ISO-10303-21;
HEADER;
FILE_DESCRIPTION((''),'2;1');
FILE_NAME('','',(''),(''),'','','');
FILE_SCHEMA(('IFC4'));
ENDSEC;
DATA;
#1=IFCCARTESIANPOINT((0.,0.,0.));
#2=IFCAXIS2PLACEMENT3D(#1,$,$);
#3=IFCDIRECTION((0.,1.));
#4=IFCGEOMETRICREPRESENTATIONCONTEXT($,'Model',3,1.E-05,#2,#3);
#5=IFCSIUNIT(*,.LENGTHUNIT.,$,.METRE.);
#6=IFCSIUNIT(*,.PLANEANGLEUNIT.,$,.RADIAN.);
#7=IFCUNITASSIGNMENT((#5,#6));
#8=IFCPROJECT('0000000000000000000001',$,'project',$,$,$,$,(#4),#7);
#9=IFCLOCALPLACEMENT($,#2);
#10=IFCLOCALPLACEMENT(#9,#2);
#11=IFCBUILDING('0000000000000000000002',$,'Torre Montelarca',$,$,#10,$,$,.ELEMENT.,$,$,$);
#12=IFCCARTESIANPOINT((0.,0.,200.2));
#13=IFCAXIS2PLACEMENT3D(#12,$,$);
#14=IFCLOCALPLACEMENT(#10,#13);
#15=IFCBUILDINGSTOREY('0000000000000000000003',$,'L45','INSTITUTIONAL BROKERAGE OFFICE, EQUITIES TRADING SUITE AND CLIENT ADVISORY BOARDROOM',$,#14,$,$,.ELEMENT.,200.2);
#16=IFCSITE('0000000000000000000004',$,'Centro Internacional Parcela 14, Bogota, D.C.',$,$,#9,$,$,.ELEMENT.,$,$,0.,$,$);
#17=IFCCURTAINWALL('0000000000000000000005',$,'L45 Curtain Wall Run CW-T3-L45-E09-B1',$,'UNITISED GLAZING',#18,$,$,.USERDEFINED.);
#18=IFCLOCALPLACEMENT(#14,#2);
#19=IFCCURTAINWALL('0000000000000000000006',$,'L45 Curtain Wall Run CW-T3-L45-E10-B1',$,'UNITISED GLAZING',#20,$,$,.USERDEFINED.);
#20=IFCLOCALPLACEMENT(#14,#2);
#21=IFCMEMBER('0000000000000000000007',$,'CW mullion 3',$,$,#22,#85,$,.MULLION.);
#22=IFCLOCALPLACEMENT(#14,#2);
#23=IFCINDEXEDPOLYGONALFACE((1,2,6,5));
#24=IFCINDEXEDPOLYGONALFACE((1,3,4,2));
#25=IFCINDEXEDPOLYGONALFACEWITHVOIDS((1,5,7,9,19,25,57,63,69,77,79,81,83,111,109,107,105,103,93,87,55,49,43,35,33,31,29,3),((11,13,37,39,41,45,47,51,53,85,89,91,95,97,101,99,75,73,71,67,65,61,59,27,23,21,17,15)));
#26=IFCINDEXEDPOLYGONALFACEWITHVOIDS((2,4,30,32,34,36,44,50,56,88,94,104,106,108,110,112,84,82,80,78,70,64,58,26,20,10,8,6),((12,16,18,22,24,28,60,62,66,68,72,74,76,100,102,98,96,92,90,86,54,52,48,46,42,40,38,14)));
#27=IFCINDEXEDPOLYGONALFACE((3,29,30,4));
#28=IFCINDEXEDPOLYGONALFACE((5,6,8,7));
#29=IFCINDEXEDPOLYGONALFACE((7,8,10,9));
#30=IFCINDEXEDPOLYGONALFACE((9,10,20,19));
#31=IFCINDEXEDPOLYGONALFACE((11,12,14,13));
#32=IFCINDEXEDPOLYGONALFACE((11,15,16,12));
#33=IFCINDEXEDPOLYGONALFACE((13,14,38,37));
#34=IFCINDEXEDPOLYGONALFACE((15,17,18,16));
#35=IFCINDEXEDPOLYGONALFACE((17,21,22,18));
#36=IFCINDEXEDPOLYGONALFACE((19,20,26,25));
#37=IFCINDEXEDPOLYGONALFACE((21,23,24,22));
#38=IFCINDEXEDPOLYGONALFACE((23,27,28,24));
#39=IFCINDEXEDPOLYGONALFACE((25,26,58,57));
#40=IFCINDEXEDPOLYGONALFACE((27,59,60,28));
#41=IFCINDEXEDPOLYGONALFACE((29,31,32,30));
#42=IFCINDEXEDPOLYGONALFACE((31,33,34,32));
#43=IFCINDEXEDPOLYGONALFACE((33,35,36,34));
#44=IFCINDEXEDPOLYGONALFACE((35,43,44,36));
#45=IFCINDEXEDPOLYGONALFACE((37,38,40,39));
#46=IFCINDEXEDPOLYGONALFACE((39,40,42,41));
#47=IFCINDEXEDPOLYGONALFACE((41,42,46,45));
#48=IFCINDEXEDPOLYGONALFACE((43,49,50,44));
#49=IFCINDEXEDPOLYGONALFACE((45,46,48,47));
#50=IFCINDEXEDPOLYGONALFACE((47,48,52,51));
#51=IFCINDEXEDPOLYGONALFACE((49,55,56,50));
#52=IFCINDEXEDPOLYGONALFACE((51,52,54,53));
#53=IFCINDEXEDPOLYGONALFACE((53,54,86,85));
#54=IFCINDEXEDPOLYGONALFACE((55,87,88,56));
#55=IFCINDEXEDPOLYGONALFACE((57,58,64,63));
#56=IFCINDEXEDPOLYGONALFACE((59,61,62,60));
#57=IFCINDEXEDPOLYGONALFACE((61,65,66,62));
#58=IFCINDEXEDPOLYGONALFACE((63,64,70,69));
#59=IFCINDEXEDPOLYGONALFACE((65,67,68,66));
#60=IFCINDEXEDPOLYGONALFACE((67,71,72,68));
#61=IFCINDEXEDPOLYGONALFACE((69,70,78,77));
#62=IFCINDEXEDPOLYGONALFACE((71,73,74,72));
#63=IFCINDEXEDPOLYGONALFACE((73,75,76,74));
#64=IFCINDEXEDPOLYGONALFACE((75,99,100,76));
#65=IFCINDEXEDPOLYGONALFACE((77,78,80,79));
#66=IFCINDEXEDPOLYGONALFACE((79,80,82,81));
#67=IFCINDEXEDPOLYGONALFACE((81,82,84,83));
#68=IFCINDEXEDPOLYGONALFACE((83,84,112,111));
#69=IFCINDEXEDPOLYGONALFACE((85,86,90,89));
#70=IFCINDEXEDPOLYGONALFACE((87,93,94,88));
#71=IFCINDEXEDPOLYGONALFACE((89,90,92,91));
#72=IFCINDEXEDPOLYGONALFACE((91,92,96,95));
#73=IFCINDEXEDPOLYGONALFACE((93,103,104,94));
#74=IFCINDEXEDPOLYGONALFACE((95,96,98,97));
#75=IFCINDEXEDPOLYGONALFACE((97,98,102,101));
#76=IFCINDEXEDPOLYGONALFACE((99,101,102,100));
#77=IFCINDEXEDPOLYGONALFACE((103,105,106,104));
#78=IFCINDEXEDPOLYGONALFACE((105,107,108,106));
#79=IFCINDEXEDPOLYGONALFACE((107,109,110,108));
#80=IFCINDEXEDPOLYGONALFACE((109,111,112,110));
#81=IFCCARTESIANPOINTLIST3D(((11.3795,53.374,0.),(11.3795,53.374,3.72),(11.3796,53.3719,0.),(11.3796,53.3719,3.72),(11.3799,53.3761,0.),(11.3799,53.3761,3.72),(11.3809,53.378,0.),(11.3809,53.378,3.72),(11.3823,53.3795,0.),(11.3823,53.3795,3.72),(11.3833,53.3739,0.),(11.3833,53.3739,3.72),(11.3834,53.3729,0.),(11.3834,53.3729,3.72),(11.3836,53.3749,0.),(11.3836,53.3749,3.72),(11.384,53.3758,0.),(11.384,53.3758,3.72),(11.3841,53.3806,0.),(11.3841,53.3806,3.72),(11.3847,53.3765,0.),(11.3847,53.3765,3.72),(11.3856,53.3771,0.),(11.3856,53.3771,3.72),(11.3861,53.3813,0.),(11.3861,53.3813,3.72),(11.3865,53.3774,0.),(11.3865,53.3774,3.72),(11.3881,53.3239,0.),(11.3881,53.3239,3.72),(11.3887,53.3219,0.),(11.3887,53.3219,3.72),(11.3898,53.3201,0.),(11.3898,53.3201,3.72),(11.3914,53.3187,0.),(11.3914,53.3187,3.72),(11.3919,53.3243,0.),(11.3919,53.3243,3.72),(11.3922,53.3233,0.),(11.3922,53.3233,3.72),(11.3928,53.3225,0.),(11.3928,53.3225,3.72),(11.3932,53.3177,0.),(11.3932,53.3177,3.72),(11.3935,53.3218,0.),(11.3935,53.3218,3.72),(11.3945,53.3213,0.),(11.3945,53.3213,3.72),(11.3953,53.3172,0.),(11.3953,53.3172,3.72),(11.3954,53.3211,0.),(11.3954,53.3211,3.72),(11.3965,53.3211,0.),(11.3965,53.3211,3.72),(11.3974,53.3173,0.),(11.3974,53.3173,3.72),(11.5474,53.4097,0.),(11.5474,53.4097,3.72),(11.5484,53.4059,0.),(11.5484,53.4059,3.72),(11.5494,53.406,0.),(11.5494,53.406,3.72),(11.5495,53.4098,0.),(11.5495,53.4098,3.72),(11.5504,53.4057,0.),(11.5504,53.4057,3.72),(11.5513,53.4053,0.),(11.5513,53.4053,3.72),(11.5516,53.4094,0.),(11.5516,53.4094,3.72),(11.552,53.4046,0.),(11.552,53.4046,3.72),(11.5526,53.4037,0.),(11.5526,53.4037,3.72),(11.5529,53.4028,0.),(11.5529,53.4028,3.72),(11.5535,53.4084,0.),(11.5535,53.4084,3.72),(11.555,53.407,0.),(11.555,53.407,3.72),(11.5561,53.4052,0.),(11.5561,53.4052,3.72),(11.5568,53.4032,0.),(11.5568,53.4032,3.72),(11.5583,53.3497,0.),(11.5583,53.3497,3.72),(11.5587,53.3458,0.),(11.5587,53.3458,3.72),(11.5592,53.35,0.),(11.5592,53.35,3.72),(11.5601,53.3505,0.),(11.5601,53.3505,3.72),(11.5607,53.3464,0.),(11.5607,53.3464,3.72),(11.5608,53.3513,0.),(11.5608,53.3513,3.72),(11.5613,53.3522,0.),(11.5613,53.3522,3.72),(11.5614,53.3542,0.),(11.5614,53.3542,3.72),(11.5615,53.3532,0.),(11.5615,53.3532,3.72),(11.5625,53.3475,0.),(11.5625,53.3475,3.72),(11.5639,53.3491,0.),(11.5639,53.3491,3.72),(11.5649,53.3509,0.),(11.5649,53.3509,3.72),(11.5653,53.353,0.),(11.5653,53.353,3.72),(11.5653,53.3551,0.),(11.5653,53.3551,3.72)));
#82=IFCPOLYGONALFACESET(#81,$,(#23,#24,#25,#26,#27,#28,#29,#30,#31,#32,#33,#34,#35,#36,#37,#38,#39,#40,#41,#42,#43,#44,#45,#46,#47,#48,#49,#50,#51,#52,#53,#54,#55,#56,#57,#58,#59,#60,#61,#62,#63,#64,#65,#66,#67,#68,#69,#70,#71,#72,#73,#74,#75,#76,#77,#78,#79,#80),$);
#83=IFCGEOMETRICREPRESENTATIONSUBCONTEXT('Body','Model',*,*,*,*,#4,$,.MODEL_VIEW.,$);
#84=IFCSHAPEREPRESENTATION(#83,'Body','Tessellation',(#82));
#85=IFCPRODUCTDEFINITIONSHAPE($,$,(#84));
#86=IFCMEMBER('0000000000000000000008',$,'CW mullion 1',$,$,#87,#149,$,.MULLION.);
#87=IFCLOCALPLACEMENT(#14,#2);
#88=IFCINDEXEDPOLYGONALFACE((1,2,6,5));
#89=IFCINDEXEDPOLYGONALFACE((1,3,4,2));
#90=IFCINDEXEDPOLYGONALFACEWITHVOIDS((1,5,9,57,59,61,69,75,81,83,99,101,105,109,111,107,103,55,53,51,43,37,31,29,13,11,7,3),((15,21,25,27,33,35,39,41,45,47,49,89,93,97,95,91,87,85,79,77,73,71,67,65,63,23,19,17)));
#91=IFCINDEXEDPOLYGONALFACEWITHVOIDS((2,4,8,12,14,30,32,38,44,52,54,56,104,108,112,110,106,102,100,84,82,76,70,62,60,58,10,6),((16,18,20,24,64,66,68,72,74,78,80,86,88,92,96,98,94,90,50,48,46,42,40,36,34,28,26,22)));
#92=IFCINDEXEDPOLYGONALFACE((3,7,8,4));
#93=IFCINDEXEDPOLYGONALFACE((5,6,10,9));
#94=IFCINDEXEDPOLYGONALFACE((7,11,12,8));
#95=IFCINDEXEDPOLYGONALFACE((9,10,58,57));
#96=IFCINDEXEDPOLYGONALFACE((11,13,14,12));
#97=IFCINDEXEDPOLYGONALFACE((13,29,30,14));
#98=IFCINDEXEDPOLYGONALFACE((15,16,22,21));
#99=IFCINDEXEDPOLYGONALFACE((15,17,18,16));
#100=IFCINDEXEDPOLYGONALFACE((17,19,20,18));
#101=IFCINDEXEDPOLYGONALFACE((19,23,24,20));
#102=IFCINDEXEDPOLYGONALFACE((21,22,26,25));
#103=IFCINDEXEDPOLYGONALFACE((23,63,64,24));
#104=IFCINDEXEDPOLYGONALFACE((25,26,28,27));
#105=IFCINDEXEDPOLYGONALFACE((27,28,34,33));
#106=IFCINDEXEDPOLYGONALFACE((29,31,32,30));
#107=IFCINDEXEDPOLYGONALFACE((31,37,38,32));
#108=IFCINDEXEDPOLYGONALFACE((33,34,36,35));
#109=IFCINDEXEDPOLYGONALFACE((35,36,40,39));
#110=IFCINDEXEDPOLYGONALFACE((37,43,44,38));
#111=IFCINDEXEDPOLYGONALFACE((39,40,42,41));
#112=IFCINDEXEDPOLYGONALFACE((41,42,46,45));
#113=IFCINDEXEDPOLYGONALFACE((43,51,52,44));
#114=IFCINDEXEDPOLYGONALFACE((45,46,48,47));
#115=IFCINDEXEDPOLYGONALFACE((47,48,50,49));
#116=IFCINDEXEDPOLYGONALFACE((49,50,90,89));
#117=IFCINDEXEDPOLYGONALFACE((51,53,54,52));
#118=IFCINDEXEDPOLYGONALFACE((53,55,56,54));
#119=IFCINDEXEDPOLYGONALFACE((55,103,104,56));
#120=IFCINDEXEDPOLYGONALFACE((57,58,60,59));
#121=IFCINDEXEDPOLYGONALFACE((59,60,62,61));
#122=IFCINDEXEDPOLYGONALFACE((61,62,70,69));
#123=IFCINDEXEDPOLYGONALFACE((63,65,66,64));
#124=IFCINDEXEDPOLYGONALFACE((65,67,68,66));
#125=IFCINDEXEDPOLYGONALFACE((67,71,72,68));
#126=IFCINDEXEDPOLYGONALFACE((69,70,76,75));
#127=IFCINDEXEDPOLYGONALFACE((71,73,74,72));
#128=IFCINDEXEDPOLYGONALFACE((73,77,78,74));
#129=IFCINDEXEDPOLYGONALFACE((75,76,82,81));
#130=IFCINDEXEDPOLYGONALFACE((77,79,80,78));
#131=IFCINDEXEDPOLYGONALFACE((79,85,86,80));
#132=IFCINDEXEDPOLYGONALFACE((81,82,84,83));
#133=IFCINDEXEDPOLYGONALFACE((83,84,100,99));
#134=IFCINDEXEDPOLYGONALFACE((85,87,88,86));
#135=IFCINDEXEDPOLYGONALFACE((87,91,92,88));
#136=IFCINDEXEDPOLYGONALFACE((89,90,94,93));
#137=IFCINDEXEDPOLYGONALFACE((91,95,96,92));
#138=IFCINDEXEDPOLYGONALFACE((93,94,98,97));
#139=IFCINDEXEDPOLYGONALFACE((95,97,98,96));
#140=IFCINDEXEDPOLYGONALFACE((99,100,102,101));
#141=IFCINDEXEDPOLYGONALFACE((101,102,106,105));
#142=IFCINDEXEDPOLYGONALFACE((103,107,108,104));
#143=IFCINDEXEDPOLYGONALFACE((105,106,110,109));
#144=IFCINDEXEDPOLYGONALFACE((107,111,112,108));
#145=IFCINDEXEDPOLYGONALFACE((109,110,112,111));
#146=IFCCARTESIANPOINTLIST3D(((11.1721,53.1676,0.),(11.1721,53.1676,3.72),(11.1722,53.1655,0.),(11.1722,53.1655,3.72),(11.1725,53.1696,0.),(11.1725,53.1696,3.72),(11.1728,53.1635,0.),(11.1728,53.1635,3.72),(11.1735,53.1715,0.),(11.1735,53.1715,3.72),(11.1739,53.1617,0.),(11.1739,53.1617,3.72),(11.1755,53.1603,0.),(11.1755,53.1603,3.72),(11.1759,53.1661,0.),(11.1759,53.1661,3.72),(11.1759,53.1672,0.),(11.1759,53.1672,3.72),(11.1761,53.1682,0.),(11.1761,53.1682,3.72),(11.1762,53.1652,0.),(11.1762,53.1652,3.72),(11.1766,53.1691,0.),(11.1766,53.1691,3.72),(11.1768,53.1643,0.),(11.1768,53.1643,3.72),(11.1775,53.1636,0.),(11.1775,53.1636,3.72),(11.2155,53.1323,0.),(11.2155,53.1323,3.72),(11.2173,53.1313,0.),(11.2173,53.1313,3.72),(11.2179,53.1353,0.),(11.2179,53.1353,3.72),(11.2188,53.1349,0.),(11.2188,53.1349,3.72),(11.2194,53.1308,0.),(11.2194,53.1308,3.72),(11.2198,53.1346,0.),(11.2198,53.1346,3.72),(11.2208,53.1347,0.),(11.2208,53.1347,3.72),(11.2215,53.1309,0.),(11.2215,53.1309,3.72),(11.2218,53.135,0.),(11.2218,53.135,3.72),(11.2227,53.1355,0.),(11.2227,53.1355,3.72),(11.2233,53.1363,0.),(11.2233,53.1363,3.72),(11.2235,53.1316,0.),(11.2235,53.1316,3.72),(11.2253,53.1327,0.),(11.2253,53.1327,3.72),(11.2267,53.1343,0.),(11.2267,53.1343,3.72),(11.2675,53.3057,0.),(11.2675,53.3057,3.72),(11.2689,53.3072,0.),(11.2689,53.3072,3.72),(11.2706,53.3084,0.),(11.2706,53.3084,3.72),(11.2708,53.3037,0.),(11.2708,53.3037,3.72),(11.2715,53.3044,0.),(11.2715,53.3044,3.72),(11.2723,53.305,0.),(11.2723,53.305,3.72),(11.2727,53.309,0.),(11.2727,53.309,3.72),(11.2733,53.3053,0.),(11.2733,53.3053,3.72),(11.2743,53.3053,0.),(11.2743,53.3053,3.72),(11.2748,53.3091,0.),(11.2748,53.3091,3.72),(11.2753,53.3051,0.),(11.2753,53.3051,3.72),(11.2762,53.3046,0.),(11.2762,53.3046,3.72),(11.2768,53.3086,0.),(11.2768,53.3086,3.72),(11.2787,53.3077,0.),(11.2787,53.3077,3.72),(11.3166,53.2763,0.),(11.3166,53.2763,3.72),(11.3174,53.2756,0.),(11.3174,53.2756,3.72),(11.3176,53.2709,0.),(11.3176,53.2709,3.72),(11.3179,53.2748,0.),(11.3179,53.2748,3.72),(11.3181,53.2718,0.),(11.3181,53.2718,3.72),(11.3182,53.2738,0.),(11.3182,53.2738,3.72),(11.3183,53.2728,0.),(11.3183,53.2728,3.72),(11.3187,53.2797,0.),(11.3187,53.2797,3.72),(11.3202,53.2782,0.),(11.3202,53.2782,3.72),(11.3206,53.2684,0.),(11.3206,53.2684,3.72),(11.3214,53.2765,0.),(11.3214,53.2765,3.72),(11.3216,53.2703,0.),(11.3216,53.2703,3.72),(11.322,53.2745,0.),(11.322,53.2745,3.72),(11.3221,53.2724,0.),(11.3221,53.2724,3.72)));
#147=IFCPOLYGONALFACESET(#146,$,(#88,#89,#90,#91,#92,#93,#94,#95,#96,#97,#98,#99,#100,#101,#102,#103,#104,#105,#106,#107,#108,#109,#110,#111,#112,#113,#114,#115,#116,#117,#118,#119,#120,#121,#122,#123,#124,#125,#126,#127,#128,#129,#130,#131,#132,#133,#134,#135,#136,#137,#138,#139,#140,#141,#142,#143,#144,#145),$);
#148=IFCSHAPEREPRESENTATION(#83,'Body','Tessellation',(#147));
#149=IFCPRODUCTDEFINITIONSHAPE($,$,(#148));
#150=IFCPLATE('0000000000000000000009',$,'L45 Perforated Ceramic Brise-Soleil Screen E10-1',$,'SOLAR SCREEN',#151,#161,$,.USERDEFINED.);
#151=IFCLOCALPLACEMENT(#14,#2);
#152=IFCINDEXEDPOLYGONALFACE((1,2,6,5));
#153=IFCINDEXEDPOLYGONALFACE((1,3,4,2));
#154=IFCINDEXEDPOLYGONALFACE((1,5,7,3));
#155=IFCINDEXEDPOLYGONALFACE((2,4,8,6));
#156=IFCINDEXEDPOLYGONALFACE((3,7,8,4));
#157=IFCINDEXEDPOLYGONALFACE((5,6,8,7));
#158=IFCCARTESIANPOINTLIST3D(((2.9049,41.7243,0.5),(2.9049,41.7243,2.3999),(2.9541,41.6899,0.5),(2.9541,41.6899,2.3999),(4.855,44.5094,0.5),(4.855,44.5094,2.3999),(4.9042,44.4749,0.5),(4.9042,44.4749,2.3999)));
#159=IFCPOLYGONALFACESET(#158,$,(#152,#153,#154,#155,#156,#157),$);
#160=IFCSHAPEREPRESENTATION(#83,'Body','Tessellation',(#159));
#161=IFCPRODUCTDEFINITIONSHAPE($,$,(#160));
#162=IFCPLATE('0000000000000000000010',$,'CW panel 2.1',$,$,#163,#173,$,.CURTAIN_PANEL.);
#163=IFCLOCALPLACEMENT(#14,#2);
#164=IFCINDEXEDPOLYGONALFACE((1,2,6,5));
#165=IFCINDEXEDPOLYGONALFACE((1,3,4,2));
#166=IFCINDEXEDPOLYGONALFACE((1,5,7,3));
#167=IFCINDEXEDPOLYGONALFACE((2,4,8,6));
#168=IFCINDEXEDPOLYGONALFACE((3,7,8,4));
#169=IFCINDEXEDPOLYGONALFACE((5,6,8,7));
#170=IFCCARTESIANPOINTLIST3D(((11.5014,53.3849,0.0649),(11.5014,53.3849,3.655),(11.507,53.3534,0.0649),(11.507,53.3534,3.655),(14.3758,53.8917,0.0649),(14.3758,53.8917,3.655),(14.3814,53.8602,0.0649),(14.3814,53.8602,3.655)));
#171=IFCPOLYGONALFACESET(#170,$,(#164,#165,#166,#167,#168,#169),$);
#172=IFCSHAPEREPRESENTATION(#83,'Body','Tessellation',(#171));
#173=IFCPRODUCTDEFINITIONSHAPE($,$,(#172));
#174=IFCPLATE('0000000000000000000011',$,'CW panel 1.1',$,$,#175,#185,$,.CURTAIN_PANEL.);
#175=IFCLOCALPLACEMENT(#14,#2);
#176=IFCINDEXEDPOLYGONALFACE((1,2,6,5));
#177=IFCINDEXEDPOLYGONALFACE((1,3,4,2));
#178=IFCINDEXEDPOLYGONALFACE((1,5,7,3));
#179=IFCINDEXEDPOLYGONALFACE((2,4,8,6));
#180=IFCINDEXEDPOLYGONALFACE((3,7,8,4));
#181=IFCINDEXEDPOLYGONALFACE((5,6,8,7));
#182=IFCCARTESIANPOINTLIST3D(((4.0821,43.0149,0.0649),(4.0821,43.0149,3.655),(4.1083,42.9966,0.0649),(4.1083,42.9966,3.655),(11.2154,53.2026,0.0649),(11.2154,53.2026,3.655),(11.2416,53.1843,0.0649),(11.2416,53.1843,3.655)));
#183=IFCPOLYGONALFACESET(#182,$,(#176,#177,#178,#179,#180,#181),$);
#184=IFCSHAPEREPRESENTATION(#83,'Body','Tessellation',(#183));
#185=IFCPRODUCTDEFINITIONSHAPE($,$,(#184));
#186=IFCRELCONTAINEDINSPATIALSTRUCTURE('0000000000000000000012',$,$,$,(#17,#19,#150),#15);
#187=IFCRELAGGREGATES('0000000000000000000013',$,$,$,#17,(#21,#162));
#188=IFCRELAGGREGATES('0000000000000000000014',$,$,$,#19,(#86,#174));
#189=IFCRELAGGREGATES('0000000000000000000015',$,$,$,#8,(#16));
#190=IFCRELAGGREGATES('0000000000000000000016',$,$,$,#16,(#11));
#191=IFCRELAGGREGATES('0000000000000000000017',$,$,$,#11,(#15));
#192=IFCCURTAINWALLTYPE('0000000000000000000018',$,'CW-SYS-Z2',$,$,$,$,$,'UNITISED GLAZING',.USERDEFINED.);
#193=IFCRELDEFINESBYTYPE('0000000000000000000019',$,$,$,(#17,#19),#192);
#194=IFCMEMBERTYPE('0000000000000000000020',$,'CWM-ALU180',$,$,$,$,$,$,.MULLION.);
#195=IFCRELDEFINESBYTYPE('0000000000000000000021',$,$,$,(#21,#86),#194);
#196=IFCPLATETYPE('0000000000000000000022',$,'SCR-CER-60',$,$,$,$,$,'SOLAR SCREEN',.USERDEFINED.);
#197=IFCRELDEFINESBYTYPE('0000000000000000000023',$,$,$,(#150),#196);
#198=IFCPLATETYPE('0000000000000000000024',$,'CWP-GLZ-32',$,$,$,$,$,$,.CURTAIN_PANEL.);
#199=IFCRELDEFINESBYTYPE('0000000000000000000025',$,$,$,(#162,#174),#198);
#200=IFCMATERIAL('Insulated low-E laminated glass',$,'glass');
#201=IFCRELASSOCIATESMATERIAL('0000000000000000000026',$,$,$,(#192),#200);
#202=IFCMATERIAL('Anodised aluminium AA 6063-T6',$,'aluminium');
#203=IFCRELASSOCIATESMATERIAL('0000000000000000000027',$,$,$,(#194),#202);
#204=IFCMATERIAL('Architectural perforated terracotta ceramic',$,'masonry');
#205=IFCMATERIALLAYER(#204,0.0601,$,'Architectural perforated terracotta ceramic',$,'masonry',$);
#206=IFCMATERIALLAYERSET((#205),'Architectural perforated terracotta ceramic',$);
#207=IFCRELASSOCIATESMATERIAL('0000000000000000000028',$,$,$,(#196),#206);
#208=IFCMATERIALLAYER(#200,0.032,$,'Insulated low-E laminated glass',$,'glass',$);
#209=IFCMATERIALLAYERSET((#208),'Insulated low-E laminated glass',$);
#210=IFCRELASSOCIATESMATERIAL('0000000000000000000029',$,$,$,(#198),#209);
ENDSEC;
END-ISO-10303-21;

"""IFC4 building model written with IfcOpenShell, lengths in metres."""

from ifc_helpers import new_model, si_unit, direction, frame, origin, origin_2d, place, context, subcontext, project, spatial, rectangle, hollow_rectangle, extrude, source, transform, mapped, material, layer, layer_set, material_profile, profile_set, type_object, element, aggregate, save


model = new_model("IFC4")

# Units and contexts
model_context = context("Model", 3, precision=1e-05, world=origin(), true_north=direction((0.0, 1.0)))
body_context = subcontext(model_context, "Body", "Model", "MODEL_VIEW")
ifc_project = project(units=[si_unit("LENGTHUNIT", "METRE"), si_unit("PLANEANGLEUNIT", "RADIAN")], contexts=[model_context])

# Site, building, storey
site_placement = place(None, origin())
site = spatial("IfcSite", under=ifc_project, at=site_placement, Name="Centro Internacional Parcela 14, Bogota, D.C.", CompositionType="ELEMENT", RefElevation=0.0)
building_placement = place(site_placement, origin())
building = spatial("IfcBuilding", under=site, at=building_placement, Name="Torre Montelarca", CompositionType="ELEMENT")
storey_placement = place(building_placement, frame((0.0, 0.0, 200.2)))
storey = spatial("IfcBuildingStorey", under=building, at=storey_placement, Name="L45", Description="INSTITUTIONAL BROKERAGE OFFICE, EQUITIES TRADING SUITE AND CLIENT ADVISORY BOARDROOM", CompositionType="ELEMENT", Elevation=200.2)

# Curtain walls
ifc_material_1 = material(Name="Insulated low-E laminated glass", Category="glass")
curtain_wall_type = type_object("IfcCurtainWallType", Name="CW-SYS-Z2", ElementType="UNITISED GLAZING", PredefinedType="USERDEFINED", material=ifc_material_1)
curtain_wall_1_placement = place(storey_placement, origin())
curtain_wall_1 = element("IfcCurtainWall", 1, at=curtain_wall_1_placement, inside=storey, type_object=curtain_wall_type, Name="L45 Curtain Wall Run CW-T3-L45-E09-B1", ObjectType="UNITISED GLAZING", PredefinedType="USERDEFINED")
ifc_material_2 = material(Name="Anodised aluminium AA 6063-T6", Category="aluminium")
curtain_wall_2_placement = place(storey_placement, origin())
curtain_wall_2 = element("IfcCurtainWall", 2, at=curtain_wall_2_placement, inside=storey, type_object=curtain_wall_type, Name="L45 Curtain Wall Run CW-T3-L45-E10-B1", ObjectType="UNITISED GLAZING", PredefinedType="USERDEFINED")

# Members
ifc_material_profile_1 = material_profile(ifc_material_2, hollow_rectangle(XDim=0.0649, YDim=0.1799, WallThickness=0.0039, InnerFilletRadius=0.0039, OuterFilletRadius=0.0081, at=origin_2d()), Name="ALU65X180X4", Category="aluminium")
ifc_profile_set_1 = profile_set([ifc_material_profile_1], Name="Anodised aluminium AA 6063-T6")
member_type_1 = type_object("IfcMemberType", Name="CWM-ALU180", PredefinedType="MULLION", material=ifc_profile_set_1)
shared_shape_1 = source(origin(), body_context, "Body", "SweptSolid", [
    extrude(hollow_rectangle(XDim=0.0649, YDim=0.1799, WallThickness=0.0039, InnerFilletRadius=0.0039, OuterFilletRadius=0.0081, at=origin_2d()), origin(), (0.0, 0.0, 1.0), 3.72),
])
member_1_placement = place(storey_placement, frame((11.4724, 53.3635, 0.0), z_axis=(0.0, 0.0, 1.0), x_axis=(0.173634, -0.98481, 0.0)))
member_1 = element("IfcMember", 3, at=member_1_placement, type_object=member_type_1, Name="CW mullion 3", PredefinedType="MULLION", context=body_context, shape_type="MappedRepresentation", body=[
    mapped(shared_shape_1, transform((0.0, 0.0, 0.0), scale=1.0)),
])
member_2_placement = place(storey_placement, frame((11.2471, 53.22, 0.0), z_axis=(0.0, 0.0, 1.0), x_axis=(0.819158, -0.573569, 0.0)))
member_2 = element("IfcMember", 4, at=member_2_placement, type_object=member_type_1, Name="CW mullion 1", PredefinedType="MULLION", context=body_context, shape_type="MappedRepresentation", body=[
    mapped(shared_shape_1, transform((0.0, 0.0, 0.0), scale=1.0)),
])

# Plates
ifc_material_3 = material(Name="Architectural perforated terracotta ceramic", Category="masonry")
ifc_layer_1 = layer(ifc_material_3, 0.0601, Name="Architectural perforated terracotta ceramic", Category="masonry")
ifc_layer_set_1 = layer_set([ifc_layer_1], Name="Architectural perforated terracotta ceramic")
plate_type_1 = type_object("IfcPlateType", Name="SCR-CER-60", ElementType="SOLAR SCREEN", PredefinedType="USERDEFINED", material=ifc_layer_set_1)
shared_shape_2 = source(origin(), body_context, "Body", "SweptSolid", [
    extrude(rectangle(XDim=3.3999, YDim=0.0601, at=origin_2d()), origin(), (0.0, 0.0, 1.0), 1.8999),
])
plate_1_placement = place(storey_placement, frame((3.9045, 43.0996, 0.5), z_axis=(0.0, 0.0, 1.0), x_axis=(-0.573575, -0.819153, 0.0)))
element("IfcPlate", 5, at=plate_1_placement, inside=storey, type_object=plate_type_1, Name="L45 Perforated Ceramic Brise-Soleil Screen E10-1", ObjectType="SOLAR SCREEN", PredefinedType="USERDEFINED", context=body_context, shape_type="MappedRepresentation", body=[
    mapped(shared_shape_2, transform((0.0, 0.0, 0.0), scale=1.0)),
])
ifc_layer_2 = layer(ifc_material_1, 0.032, Name="Insulated low-E laminated glass", Category="glass")
ifc_layer_set_2 = layer_set([ifc_layer_2], Name="Insulated low-E laminated glass")
plate_type_2 = type_object("IfcPlateType", Name="CWP-GLZ-32", PredefinedType="CURTAIN_PANEL", material=ifc_layer_set_2)
shared_shape_3 = source(origin(), body_context, "Body", "SweptSolid", [
    extrude(rectangle(XDim=2.9187, YDim=0.032, at=origin_2d()), origin(), (0.0, 0.0, 1.0), 3.5901),
])
plate_2_placement = place(storey_placement, frame((12.9414, 53.6226, 0.0649), z_axis=(0.0, 0.0, 1.0), x_axis=(-0.98481, -0.173634, 0.0)))
plate_2 = element("IfcPlate", 6, at=plate_2_placement, type_object=plate_type_2, Name="CW panel 2.1", PredefinedType="CURTAIN_PANEL", context=body_context, shape_type="MappedRepresentation", body=[
    mapped(shared_shape_3, transform((0.0, 0.0, 0.0), scale=1.0)),
])
aggregate(curtain_wall_1, [member_1, plate_2])
shared_shape_4 = source(origin(), body_context, "Body", "SweptSolid", [
    extrude(rectangle(XDim=12.4368, YDim=0.032, at=origin_2d()), origin(), (0.0, 0.0, 1.0), 3.5901),
])
plate_3_placement = place(storey_placement, frame((7.6619, 48.0996, 0.0649), z_axis=(0.0, 0.0, 1.0), x_axis=(-0.573569, -0.819158, 0.0)))
plate_3 = element("IfcPlate", 7, at=plate_3_placement, type_object=plate_type_2, Name="CW panel 1.1", PredefinedType="CURTAIN_PANEL", context=body_context, shape_type="MappedRepresentation", body=[
    mapped(shared_shape_4, transform((0.0, 0.0, 0.0), scale=1.0)),
])
aggregate(curtain_wall_2, [member_2, plate_3])

save(model, "model.ifc")
